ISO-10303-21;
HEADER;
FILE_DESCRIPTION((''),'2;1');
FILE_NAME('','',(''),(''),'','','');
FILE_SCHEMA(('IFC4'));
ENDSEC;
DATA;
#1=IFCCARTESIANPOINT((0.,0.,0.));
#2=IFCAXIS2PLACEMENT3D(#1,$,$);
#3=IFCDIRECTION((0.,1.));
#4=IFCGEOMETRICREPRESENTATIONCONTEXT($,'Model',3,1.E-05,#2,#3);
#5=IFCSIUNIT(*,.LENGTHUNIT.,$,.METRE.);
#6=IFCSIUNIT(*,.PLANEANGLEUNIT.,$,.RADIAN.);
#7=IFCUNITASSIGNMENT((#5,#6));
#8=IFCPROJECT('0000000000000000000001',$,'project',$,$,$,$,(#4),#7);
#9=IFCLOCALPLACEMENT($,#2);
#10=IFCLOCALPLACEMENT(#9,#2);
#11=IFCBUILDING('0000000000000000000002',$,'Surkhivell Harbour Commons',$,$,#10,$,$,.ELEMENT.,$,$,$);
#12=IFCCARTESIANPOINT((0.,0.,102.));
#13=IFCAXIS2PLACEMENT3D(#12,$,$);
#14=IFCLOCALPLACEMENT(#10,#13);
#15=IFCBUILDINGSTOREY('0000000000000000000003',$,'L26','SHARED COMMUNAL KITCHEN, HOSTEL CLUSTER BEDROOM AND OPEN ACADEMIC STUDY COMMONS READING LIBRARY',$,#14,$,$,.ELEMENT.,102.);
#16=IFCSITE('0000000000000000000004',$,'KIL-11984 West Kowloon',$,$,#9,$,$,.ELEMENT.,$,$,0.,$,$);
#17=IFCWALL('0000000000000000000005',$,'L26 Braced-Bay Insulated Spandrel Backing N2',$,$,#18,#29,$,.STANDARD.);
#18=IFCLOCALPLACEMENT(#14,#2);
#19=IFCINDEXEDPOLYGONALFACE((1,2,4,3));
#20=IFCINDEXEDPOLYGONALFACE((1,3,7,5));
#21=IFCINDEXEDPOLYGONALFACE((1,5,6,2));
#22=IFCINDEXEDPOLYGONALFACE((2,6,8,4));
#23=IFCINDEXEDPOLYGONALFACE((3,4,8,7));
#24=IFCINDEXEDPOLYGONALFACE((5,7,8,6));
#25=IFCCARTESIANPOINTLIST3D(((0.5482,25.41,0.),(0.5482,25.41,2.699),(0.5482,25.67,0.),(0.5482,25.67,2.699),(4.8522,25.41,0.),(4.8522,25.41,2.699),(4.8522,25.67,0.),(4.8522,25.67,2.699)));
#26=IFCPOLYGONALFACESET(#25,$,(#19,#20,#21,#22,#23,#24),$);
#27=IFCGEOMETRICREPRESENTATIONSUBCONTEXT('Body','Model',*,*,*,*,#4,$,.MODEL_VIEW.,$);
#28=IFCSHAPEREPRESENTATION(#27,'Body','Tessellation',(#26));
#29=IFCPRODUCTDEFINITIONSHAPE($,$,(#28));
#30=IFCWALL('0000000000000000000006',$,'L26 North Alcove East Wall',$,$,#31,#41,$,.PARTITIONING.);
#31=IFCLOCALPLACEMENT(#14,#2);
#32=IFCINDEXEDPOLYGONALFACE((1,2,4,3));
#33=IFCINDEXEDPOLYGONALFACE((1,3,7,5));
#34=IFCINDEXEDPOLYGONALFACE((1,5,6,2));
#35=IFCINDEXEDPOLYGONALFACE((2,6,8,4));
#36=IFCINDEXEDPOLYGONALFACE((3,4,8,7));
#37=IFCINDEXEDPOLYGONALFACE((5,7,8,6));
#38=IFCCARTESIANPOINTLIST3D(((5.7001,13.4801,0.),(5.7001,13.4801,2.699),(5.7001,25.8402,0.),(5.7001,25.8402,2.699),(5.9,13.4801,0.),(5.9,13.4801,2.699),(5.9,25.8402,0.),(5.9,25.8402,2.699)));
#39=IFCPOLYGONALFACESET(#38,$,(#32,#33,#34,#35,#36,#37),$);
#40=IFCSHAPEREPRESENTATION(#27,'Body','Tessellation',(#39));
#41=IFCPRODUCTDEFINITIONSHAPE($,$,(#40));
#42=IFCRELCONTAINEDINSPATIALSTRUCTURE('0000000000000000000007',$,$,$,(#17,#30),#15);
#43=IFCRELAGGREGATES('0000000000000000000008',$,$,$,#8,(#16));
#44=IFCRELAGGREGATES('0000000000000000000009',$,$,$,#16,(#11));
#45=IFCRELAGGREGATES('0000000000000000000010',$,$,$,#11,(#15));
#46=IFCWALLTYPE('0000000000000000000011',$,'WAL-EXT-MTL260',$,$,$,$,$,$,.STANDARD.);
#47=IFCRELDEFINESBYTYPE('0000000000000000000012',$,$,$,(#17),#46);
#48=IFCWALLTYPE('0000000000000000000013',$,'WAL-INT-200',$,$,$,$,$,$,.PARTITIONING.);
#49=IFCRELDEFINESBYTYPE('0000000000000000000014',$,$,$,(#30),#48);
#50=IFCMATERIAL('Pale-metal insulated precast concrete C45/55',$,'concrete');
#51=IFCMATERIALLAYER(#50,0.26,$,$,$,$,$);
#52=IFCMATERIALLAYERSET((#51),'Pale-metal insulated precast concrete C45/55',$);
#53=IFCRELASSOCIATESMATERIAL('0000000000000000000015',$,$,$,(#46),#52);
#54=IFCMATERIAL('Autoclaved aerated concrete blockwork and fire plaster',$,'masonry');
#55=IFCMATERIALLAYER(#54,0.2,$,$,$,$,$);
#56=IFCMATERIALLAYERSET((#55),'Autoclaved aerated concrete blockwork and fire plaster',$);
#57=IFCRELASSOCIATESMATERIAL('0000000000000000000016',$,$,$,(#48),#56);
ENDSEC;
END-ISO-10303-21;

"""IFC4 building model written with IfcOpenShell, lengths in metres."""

from ifc_helpers import new_model, si_unit, direction, frame, frame_2d, origin, place, context, subcontext, project, spatial, rectangle, extrude, material, layer, layer_set, type_object, element, save


model = new_model("IFC4")

# Units and contexts
model_context = context("Model", 3, precision=1e-05, world=origin(), true_north=direction((0.0, 1.0)))
body_context = subcontext(model_context, "Body", "Model", "MODEL_VIEW")
ifc_project = project(units=[si_unit("LENGTHUNIT", "METRE"), si_unit("PLANEANGLEUNIT", "RADIAN")], contexts=[model_context])

# Site, building, storey
site_placement = place(None, origin())
site = spatial("IfcSite", under=ifc_project, at=site_placement, Name="KIL-11984 West Kowloon", CompositionType="ELEMENT", RefElevation=0.0)
building_placement = place(site_placement, origin())
building = spatial("IfcBuilding", under=site, at=building_placement, Name="Surkhivell Harbour Commons", CompositionType="ELEMENT")
storey_placement = place(building_placement, frame((0.0, 0.0, 102.0)))
storey = spatial("IfcBuildingStorey", under=building, at=storey_placement, Name="L26", Description="SHARED COMMUNAL KITCHEN, HOSTEL CLUSTER BEDROOM AND OPEN ACADEMIC STUDY COMMONS READING LIBRARY", CompositionType="ELEMENT", Elevation=102.0)

# Walls
ifc_material_1 = material(Name="Pale-metal insulated precast concrete C45/55", Category="concrete")
ifc_layer_1 = layer(ifc_material_1, 0.26)
ifc_layer_set_1 = layer_set([ifc_layer_1], Name="Pale-metal insulated precast concrete C45/55")
wall_type_1 = type_object("IfcWallType", Name="WAL-EXT-MTL260", PredefinedType="STANDARD", material=ifc_layer_set_1)
for number, where, z_axis, x_axis, name in (
    (1, (4.8521, 25.54, 0.0), (0.0, 0.0, 1.0), (-1.0, 0.0, 0.0), "L26 Braced-Bay Insulated Spandrel Backing N2"),
):
    element("IfcWall", number, at=place(storey_placement, frame(where, z_axis=z_axis, x_axis=x_axis)), inside=storey, type_object=wall_type_1, Name=name, PredefinedType="STANDARD", context=body_context, shape_type="SweptSolid", body=[
        extrude(rectangle(XDim=4.304, YDim=0.26, at=frame_2d((2.1519, 0.0))), origin(), (0.0, 0.0, 1.0), 2.699),
    ])
ifc_material_2 = material(Name="Autoclaved aerated concrete blockwork and fire plaster", Category="masonry")
ifc_layer_2 = layer(ifc_material_2, 0.2)
ifc_layer_set_2 = layer_set([ifc_layer_2], Name="Autoclaved aerated concrete blockwork and fire plaster")
wall_type_2 = type_object("IfcWallType", Name="WAL-INT-200", PredefinedType="PARTITIONING", material=ifc_layer_set_2)
wall_placement = place(storey_placement, frame((5.8, 13.48, 0.0), z_axis=(0.0, 0.0, 1.0), x_axis=(0.0, 1.0, 0.0)))
element("IfcWall", 2, at=wall_placement, inside=storey, type_object=wall_type_2, Name="L26 North Alcove East Wall", PredefinedType="PARTITIONING", context=body_context, shape_type="SweptSolid", body=[
    extrude(rectangle(XDim=12.3601, YDim=0.2, at=frame_2d((6.1802, 0.0))), origin(), (0.0, 0.0, 1.0), 2.699),
])

save(model, "model.ifc")
